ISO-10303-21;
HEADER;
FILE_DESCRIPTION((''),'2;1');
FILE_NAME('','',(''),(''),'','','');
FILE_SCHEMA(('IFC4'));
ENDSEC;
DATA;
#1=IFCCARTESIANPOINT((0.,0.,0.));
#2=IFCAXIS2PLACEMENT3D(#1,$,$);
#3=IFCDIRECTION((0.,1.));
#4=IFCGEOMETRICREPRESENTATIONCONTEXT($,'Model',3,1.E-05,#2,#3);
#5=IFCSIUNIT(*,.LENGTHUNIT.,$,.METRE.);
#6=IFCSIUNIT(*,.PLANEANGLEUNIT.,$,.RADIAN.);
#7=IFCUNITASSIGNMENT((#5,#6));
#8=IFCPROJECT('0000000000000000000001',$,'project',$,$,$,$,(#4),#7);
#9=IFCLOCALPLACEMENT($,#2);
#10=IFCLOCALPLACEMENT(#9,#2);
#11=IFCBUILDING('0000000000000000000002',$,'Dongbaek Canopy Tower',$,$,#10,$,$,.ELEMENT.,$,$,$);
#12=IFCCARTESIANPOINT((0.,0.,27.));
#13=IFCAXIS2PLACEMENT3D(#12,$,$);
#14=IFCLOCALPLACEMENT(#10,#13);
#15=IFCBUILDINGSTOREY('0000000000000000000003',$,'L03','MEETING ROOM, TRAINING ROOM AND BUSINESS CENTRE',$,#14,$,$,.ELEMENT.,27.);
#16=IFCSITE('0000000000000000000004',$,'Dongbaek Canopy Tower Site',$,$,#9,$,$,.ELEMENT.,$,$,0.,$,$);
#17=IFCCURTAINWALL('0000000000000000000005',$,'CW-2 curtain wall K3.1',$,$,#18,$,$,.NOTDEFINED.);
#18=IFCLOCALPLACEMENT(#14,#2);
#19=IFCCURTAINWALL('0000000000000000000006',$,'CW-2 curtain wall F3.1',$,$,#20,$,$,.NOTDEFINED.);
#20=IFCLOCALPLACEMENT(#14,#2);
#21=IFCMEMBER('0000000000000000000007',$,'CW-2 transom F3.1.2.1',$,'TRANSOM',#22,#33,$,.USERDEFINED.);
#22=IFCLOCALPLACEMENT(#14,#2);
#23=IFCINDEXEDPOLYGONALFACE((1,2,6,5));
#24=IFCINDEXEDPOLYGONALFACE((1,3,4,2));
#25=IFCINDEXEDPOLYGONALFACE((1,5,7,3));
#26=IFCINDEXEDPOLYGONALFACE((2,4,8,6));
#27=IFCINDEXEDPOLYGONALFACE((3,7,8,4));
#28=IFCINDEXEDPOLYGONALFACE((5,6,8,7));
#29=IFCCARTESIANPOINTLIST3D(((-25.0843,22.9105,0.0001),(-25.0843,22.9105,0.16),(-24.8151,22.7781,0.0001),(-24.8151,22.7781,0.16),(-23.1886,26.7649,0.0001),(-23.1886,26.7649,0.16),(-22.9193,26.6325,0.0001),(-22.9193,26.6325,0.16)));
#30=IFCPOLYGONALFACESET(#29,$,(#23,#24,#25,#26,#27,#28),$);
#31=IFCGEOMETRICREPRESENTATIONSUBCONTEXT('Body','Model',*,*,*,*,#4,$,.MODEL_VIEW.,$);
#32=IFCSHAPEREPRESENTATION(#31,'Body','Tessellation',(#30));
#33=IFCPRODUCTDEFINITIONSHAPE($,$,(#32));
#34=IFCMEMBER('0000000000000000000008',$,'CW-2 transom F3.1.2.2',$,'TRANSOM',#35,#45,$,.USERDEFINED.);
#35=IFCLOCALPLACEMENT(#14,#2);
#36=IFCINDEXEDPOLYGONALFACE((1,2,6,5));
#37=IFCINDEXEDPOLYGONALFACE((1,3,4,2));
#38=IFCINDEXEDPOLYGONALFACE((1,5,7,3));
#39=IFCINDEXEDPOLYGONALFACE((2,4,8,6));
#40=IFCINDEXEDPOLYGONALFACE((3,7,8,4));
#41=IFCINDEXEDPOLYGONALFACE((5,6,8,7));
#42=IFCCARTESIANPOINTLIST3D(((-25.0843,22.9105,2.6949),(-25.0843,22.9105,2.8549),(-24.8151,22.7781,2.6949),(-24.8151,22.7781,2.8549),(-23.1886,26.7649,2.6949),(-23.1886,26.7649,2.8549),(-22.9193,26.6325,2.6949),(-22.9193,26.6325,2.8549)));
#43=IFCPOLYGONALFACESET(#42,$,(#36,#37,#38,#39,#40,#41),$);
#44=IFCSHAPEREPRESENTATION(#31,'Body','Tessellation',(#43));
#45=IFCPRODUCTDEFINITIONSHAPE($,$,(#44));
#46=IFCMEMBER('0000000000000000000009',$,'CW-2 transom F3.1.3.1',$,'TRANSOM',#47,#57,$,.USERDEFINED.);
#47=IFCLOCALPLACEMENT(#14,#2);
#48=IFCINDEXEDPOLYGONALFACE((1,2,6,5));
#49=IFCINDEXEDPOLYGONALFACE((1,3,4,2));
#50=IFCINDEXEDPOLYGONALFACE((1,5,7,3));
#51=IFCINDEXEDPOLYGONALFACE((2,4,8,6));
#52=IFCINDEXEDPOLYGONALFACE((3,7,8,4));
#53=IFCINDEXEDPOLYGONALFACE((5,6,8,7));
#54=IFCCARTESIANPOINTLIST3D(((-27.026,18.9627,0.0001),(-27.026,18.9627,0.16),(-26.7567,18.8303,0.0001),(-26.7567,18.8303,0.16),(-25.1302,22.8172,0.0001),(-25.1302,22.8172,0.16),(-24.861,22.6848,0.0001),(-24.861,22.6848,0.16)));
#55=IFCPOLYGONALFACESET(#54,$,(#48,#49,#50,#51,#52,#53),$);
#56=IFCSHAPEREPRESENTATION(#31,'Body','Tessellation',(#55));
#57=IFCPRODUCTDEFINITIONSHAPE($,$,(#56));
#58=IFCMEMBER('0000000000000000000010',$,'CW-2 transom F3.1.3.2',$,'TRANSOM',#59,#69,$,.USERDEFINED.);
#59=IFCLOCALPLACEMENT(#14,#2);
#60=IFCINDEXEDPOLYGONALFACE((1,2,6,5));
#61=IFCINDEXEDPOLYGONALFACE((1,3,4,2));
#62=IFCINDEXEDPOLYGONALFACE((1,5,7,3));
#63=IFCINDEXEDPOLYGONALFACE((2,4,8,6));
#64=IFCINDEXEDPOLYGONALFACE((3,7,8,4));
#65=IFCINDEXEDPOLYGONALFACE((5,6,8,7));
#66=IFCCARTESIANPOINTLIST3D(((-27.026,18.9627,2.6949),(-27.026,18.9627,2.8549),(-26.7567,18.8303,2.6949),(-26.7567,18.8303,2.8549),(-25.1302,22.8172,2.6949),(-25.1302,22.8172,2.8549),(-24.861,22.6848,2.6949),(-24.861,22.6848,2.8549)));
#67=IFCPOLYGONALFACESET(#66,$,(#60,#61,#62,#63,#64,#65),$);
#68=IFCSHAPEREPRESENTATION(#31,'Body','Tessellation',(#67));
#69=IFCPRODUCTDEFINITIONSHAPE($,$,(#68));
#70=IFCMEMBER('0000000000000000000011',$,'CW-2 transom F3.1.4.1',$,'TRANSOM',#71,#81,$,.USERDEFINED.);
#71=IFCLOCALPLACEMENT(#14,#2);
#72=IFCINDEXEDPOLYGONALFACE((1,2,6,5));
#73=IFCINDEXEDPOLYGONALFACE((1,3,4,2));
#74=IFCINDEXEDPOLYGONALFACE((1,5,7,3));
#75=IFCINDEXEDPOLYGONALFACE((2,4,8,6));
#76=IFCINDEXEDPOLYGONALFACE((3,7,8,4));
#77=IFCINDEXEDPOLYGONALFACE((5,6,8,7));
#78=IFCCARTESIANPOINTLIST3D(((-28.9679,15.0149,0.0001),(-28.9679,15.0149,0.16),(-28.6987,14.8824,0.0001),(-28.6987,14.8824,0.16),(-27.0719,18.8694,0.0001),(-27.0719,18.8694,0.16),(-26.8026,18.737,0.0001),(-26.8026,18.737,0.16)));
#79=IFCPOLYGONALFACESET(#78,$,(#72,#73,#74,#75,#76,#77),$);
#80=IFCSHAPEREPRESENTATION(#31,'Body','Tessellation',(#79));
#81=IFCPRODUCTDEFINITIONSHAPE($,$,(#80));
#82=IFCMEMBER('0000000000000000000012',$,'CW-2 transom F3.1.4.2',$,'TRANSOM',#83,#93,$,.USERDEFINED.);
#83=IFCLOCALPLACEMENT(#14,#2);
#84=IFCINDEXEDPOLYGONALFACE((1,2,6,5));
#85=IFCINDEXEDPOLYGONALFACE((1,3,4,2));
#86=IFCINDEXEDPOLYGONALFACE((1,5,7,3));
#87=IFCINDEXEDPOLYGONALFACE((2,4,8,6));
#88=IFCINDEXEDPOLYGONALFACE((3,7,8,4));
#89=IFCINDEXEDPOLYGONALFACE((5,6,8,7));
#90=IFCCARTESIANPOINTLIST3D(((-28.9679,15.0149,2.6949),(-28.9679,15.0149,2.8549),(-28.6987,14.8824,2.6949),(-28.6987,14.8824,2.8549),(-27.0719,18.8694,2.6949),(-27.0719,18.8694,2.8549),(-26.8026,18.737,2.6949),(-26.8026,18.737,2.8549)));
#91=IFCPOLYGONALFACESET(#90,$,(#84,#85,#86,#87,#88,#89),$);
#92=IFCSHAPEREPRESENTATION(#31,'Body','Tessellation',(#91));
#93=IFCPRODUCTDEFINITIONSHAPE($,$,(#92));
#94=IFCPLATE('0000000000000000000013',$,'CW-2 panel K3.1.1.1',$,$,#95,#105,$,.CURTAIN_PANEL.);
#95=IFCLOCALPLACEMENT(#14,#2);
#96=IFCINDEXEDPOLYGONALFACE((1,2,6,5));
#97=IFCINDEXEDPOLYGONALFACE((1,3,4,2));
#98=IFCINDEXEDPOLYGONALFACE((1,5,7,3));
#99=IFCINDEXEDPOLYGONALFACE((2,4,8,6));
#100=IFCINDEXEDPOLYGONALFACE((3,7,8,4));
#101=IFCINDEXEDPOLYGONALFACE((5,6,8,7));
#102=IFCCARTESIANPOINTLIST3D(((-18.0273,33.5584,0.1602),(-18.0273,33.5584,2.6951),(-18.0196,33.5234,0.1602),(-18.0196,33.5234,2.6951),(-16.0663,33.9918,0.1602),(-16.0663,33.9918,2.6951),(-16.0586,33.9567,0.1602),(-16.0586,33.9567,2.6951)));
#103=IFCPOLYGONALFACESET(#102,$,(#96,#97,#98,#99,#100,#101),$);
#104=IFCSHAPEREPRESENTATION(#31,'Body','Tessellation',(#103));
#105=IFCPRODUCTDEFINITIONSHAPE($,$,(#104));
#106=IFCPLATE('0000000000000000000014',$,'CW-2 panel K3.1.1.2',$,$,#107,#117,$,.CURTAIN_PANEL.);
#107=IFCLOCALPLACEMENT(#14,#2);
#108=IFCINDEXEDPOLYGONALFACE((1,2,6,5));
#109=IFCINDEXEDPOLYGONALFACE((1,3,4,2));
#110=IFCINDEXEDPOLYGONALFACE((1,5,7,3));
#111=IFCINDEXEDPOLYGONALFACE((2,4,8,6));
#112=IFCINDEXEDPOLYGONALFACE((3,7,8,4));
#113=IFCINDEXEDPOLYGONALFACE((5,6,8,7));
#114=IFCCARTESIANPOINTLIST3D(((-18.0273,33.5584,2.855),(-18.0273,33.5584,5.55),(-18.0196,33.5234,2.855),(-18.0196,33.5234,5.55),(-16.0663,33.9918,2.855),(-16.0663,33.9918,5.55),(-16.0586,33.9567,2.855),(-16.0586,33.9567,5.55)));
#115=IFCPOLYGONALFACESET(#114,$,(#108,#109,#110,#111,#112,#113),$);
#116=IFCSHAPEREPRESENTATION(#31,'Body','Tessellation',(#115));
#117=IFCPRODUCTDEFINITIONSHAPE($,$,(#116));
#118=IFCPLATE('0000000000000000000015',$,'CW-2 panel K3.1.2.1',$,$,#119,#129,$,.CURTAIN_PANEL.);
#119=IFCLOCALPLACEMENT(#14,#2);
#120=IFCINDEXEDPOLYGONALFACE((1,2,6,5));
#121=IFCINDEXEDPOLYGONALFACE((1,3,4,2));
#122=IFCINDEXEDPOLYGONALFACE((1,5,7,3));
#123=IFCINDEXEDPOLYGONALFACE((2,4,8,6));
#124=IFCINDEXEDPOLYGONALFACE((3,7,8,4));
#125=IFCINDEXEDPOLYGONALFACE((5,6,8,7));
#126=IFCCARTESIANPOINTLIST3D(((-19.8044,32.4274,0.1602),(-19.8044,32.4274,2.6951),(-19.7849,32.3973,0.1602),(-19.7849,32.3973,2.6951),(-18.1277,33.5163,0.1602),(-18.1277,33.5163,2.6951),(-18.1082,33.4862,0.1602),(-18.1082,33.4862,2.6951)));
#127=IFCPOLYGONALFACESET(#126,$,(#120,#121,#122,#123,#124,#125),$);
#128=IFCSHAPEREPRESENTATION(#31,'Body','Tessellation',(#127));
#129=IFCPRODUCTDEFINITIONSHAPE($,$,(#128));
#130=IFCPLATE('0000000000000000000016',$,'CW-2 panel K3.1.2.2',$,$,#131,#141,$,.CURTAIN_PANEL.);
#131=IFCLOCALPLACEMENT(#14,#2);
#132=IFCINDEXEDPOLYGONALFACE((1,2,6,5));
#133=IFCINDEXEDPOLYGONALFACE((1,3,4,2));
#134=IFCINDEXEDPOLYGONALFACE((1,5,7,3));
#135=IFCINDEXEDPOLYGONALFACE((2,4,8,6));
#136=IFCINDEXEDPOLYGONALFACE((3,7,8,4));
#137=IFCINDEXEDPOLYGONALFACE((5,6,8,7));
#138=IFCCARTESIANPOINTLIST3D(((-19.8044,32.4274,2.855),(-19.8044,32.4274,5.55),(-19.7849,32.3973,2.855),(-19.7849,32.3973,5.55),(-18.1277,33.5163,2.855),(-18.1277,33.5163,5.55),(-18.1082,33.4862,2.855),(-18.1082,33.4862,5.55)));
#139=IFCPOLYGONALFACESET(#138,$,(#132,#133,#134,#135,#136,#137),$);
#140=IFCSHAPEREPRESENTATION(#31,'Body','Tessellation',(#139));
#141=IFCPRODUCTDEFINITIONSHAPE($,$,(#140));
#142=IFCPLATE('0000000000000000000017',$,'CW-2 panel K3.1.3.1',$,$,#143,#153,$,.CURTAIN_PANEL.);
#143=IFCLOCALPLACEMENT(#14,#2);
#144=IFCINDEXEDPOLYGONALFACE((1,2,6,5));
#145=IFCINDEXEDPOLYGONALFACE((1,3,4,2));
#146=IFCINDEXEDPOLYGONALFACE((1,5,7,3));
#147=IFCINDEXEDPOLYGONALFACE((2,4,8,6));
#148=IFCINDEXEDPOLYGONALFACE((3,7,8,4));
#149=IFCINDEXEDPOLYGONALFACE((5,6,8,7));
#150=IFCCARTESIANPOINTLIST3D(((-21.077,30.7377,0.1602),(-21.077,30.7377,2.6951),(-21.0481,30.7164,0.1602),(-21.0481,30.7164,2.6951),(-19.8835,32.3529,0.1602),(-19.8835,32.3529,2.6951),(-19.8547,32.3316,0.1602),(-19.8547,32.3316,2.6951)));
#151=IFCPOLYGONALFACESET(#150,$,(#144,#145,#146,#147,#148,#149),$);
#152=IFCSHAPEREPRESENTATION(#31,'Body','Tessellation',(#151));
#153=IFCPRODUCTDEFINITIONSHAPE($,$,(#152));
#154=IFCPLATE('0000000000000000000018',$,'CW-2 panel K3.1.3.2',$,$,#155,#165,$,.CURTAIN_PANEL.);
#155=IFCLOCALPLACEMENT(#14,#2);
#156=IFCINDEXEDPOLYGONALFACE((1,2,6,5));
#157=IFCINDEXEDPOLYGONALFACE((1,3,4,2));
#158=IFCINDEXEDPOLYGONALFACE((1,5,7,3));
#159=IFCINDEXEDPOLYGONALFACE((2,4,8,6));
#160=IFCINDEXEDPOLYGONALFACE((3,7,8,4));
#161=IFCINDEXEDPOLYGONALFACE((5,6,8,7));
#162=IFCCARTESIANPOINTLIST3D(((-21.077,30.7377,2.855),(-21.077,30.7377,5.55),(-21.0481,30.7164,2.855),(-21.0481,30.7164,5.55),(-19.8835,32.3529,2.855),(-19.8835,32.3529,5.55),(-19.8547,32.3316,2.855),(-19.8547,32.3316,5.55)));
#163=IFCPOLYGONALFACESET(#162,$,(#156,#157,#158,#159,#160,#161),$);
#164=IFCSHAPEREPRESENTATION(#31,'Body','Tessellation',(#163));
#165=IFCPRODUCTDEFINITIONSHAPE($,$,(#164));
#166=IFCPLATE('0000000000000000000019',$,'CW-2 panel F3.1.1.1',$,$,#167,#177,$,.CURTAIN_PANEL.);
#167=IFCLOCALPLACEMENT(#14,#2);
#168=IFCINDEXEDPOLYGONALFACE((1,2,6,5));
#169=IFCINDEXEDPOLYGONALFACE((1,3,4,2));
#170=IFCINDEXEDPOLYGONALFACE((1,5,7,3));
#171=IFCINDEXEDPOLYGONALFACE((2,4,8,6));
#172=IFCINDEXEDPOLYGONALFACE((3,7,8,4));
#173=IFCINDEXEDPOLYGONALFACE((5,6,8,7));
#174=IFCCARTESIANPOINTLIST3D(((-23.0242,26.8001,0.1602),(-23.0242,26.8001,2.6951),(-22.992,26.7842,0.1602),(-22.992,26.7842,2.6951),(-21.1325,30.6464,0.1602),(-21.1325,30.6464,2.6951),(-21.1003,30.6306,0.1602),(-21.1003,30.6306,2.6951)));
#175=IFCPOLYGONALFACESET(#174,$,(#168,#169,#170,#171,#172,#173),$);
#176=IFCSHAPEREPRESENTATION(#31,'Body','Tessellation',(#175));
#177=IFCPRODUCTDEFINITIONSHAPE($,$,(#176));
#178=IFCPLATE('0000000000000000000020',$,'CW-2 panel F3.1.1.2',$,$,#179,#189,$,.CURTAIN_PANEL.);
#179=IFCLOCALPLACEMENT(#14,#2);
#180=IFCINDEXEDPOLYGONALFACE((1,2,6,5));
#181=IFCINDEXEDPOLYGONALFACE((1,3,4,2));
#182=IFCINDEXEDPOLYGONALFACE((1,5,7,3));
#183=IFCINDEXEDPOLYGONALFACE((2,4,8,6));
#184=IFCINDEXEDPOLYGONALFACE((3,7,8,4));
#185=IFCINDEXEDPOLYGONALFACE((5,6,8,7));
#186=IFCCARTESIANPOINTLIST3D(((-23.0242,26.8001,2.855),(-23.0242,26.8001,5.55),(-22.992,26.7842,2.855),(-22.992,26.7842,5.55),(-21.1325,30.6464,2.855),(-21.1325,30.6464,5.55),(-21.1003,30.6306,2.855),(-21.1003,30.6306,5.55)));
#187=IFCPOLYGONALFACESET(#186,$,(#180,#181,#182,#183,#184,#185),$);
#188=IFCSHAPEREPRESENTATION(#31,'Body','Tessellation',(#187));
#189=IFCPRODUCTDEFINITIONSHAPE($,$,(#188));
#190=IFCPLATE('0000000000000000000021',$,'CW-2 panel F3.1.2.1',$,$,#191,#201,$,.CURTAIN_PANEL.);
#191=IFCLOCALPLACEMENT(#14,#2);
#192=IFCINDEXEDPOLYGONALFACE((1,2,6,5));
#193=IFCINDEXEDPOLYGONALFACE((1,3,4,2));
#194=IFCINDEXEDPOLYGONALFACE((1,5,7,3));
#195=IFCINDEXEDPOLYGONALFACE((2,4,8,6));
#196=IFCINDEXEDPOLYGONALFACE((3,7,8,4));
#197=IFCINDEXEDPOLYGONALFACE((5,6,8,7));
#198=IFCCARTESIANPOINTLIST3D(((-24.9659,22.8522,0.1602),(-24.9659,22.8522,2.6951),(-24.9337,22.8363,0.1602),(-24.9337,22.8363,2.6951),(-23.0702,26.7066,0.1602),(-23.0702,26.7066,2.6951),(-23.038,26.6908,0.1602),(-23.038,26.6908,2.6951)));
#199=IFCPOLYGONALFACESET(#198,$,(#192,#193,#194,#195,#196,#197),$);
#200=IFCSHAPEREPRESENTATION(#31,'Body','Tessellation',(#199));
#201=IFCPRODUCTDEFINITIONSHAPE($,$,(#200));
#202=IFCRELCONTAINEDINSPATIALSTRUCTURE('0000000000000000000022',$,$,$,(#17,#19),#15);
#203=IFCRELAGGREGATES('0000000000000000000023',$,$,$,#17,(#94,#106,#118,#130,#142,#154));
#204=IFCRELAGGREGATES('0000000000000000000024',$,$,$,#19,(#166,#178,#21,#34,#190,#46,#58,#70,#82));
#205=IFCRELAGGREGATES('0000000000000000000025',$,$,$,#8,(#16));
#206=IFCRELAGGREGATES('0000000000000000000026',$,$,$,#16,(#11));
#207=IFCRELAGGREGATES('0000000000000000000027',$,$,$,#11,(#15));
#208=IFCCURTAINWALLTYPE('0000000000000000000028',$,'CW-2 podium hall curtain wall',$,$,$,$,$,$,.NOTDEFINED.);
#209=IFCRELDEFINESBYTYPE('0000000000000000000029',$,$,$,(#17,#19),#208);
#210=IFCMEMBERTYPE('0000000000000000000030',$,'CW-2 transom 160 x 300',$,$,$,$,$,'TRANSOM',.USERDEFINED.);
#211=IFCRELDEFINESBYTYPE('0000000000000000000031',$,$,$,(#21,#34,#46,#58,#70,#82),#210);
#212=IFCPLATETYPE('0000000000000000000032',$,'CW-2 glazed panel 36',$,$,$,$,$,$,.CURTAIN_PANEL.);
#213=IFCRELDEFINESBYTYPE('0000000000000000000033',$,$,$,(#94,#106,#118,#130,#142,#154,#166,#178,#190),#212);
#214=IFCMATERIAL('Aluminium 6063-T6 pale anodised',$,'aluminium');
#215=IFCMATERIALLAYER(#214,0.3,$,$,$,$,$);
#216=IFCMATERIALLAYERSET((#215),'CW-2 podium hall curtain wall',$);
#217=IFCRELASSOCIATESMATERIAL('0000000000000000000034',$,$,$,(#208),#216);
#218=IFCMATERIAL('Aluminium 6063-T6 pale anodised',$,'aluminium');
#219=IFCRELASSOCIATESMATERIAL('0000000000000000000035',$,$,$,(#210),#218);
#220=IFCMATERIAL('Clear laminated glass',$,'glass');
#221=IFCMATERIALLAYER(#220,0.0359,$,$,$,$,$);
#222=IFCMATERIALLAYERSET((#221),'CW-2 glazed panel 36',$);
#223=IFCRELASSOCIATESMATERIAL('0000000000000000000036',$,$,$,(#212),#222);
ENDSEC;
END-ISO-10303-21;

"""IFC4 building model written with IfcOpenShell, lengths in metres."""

from ifc_helpers import new_model, si_unit, direction, frame, origin, origin_2d, place, context, subcontext, project, spatial, rectangle, extrude, material, layer, layer_set, material_profile, profile_set, type_object, element, aggregate, save


model = new_model("IFC4")

# Units and contexts
model_context = context("Model", 3, precision=1e-05, world=origin(), true_north=direction((0.0, 1.0)))
body_context = subcontext(model_context, "Body", "Model", "MODEL_VIEW")
ifc_project = project(units=[si_unit("LENGTHUNIT", "METRE"), si_unit("PLANEANGLEUNIT", "RADIAN")], contexts=[model_context])

# Site, building, storey
site_placement = place(None, origin())
site = spatial("IfcSite", under=ifc_project, at=site_placement, Name="Dongbaek Canopy Tower Site", CompositionType="ELEMENT", RefElevation=0.0)
building_placement = place(site_placement, origin())
building = spatial("IfcBuilding", under=site, at=building_placement, Name="Dongbaek Canopy Tower", CompositionType="ELEMENT")
storey_placement = place(building_placement, frame((0.0, 0.0, 27.0)))
storey = spatial("IfcBuildingStorey", under=building, at=storey_placement, Name="L03", Description="MEETING ROOM, TRAINING ROOM AND BUSINESS CENTRE", CompositionType="ELEMENT", Elevation=27.0)

# Curtain walls
ifc_material_1 = material(Name="Aluminium 6063-T6 pale anodised", Category="aluminium")
ifc_layer_1 = layer(ifc_material_1, 0.3)
ifc_layer_set_1 = layer_set([ifc_layer_1], Name="CW-2 podium hall curtain wall")
curtain_wall_type = type_object("IfcCurtainWallType", Name="CW-2 podium hall curtain wall", PredefinedType="NOTDEFINED", material=ifc_layer_set_1)
curtain_wall_1_placement = place(storey_placement, origin())
curtain_wall_1 = element("IfcCurtainWall", 1, at=curtain_wall_1_placement, inside=storey, type_object=curtain_wall_type, Name="CW-2 curtain wall K3.1", PredefinedType="NOTDEFINED")
curtain_wall_2_placement = place(storey_placement, origin())
curtain_wall_2 = element("IfcCurtainWall", 2, at=curtain_wall_2_placement, inside=storey, type_object=curtain_wall_type, Name="CW-2 curtain wall F3.1", PredefinedType="NOTDEFINED")

# Members
ifc_material_2 = material(Name="Aluminium 6063-T6 pale anodised", Category="aluminium")
ifc_material_profile_1 = material_profile(ifc_material_2, rectangle(XDim=0.3, YDim=0.1599, at=origin_2d()), Name="CW-2 transom 160 x 300")
ifc_profile_set_1 = profile_set([ifc_material_profile_1], Name="Aluminium 6063-T6 pale anodised")
member_type_1 = type_object("IfcMemberType", Name="CW-2 transom 160 x 300", ElementType="TRANSOM", PredefinedType="USERDEFINED", material=ifc_profile_set_1)
member_1_placement = place(storey_placement, frame((-23.054, 26.6987, 0.0801), z_axis=(-0.441338, -0.897341, 0.0), x_axis=(0.897341, -0.441338, 0.0)))
member_1 = element("IfcMember", 3, at=member_1_placement, type_object=member_type_1, Name="CW-2 transom F3.1.2.1", ObjectType="TRANSOM", PredefinedType="USERDEFINED", context=body_context, shape_type="SweptSolid", body=[
    extrude(rectangle(XDim=0.3, YDim=0.1599, at=origin_2d()), origin(), (0.0, 0.0, 1.0), 4.2954),
])
member_2_placement = place(storey_placement, frame((-23.054, 26.6987, 2.7749), z_axis=(-0.441338, -0.897341, 0.0), x_axis=(0.897341, -0.441338, 0.0)))
member_2 = element("IfcMember", 4, at=member_2_placement, type_object=member_type_1, Name="CW-2 transom F3.1.2.2", ObjectType="TRANSOM", PredefinedType="USERDEFINED", context=body_context, shape_type="SweptSolid", body=[
    extrude(rectangle(XDim=0.3, YDim=0.1599, at=origin_2d()), origin(), (0.0, 0.0, 1.0), 4.2954),
])
member_3_placement = place(storey_placement, frame((-24.9956, 22.751, 0.0801), z_axis=(-0.441338, -0.897341, 0.0), x_axis=(0.897341, -0.441338, 0.0)))
member_3 = element("IfcMember", 5, at=member_3_placement, type_object=member_type_1, Name="CW-2 transom F3.1.3.1", ObjectType="TRANSOM", PredefinedType="USERDEFINED", context=body_context, shape_type="SweptSolid", body=[
    extrude(rectangle(XDim=0.3, YDim=0.1599, at=origin_2d()), origin(), (0.0, 0.0, 1.0), 4.2954),
])
member_4_placement = place(storey_placement, frame((-24.9956, 22.751, 2.7749), z_axis=(-0.441338, -0.897341, 0.0), x_axis=(0.897341, -0.441338, 0.0)))
member_4 = element("IfcMember", 6, at=member_4_placement, type_object=member_type_1, Name="CW-2 transom F3.1.3.2", ObjectType="TRANSOM", PredefinedType="USERDEFINED", context=body_context, shape_type="SweptSolid", body=[
    extrude(rectangle(XDim=0.3, YDim=0.1599, at=origin_2d()), origin(), (0.0, 0.0, 1.0), 4.2954),
])
member_5_placement = place(storey_placement, frame((-26.9373, 18.8032, 0.0801), z_axis=(-0.441384, -0.897318, 0.0), x_axis=(0.897318, -0.441384, 0.0)))
member_5 = element("IfcMember", 7, at=member_5_placement, type_object=member_type_1, Name="CW-2 transom F3.1.4.1", ObjectType="TRANSOM", PredefinedType="USERDEFINED", context=body_context, shape_type="SweptSolid", body=[
    extrude(rectangle(XDim=0.3, YDim=0.1599, at=origin_2d()), origin(), (0.0, 0.0, 1.0), 4.2957),
])
member_6_placement = place(storey_placement, frame((-26.9373, 18.8032, 2.7749), z_axis=(-0.441384, -0.897318, 0.0), x_axis=(0.897318, -0.441384, 0.0)))
member_6 = element("IfcMember", 8, at=member_6_placement, type_object=member_type_1, Name="CW-2 transom F3.1.4.2", ObjectType="TRANSOM", PredefinedType="USERDEFINED", context=body_context, shape_type="SweptSolid", body=[
    extrude(rectangle(XDim=0.3, YDim=0.1599, at=origin_2d()), origin(), (0.0, 0.0, 1.0), 4.2957),
])

# Plates
ifc_material_3 = material(Name="Clear laminated glass", Category="glass")
ifc_layer_2 = layer(ifc_material_3, 0.0359)
ifc_layer_set_2 = layer_set([ifc_layer_2], Name="CW-2 glazed panel 36")
plate_type = type_object("IfcPlateType", Name="CW-2 glazed panel 36", PredefinedType="CURTAIN_PANEL", material=ifc_layer_set_2)
plate_1_placement = place(storey_placement, frame((-17.043, 33.7576, 0.1602), z_axis=(0.0, 0.0, 1.0), x_axis=(-0.976443, -0.215775, 0.0)))
plate_1 = element("IfcPlate", 9, at=plate_1_placement, type_object=plate_type, Name="CW-2 panel K3.1.1.1", PredefinedType="CURTAIN_PANEL", context=body_context, shape_type="SweptSolid", body=[
    extrude(rectangle(XDim=2.0083, YDim=0.0359, at=origin_2d()), origin(), (0.0, 0.0, 1.0), 2.5349),
])
plate_2_placement = place(storey_placement, frame((-17.043, 33.7576, 2.855), z_axis=(0.0, 0.0, 1.0), x_axis=(-0.976443, -0.215775, 0.0)))
plate_2 = element("IfcPlate", 10, at=plate_2_placement, type_object=plate_type, Name="CW-2 panel K3.1.1.2", PredefinedType="CURTAIN_PANEL", context=body_context, shape_type="SweptSolid", body=[
    extrude(rectangle(XDim=2.0083, YDim=0.0359, at=origin_2d()), origin(), (0.0, 0.0, 1.0), 2.6951),
])
plate_3_placement = place(storey_placement, frame((-18.9563, 32.9568, 0.1602), z_axis=(0.0, 0.0, 1.0), x_axis=(-0.838663, -0.54465, 0.0)))
plate_3 = element("IfcPlate", 11, at=plate_3_placement, type_object=plate_type, Name="CW-2 panel K3.1.2.1", PredefinedType="CURTAIN_PANEL", context=body_context, shape_type="SweptSolid", body=[
    extrude(rectangle(XDim=1.9993, YDim=0.0359, at=origin_2d()), origin(), (0.0, 0.0, 1.0), 2.5349),
])
plate_4_placement = place(storey_placement, frame((-18.9563, 32.9568, 2.855), z_axis=(0.0, 0.0, 1.0), x_axis=(-0.838663, -0.54465, 0.0)))
plate_4 = element("IfcPlate", 12, at=plate_4_placement, type_object=plate_type, Name="CW-2 panel K3.1.2.2", PredefinedType="CURTAIN_PANEL", context=body_context, shape_type="SweptSolid", body=[
    extrude(rectangle(XDim=1.9993, YDim=0.0359, at=origin_2d()), origin(), (0.0, 0.0, 1.0), 2.6951),
])
plate_5_placement = place(storey_placement, frame((-20.4658, 31.5347, 0.1602), z_axis=(0.0, 0.0, 1.0), x_axis=(-0.594253, -0.804278, 0.0)))
plate_5 = element("IfcPlate", 13, at=plate_5_placement, type_object=plate_type, Name="CW-2 panel K3.1.3.1", PredefinedType="CURTAIN_PANEL", context=body_context, shape_type="SweptSolid", body=[
    extrude(rectangle(XDim=2.0083, YDim=0.0359, at=origin_2d()), origin(), (0.0, 0.0, 1.0), 2.5349),
])
plate_6_placement = place(storey_placement, frame((-20.4658, 31.5347, 2.855), z_axis=(0.0, 0.0, 1.0), x_axis=(-0.594253, -0.804278, 0.0)))
plate_6 = element("IfcPlate", 14, at=plate_6_placement, type_object=plate_type, Name="CW-2 panel K3.1.3.2", PredefinedType="CURTAIN_PANEL", context=body_context, shape_type="SweptSolid", body=[
    extrude(rectangle(XDim=2.0083, YDim=0.0359, at=origin_2d()), origin(), (0.0, 0.0, 1.0), 2.6951),
])
aggregate(curtain_wall_1, [plate_1, plate_2, plate_3, plate_4, plate_5, plate_6])
plate_7_placement = place(storey_placement, frame((-22.0623, 28.7153, 0.1602), z_axis=(0.0, 0.0, 1.0), x_axis=(-0.441342, -0.897339, 0.0)))
plate_7 = element("IfcPlate", 15, at=plate_7_placement, type_object=plate_type, Name="CW-2 panel F3.1.1.1", PredefinedType="CURTAIN_PANEL", context=body_context, shape_type="SweptSolid", body=[
    extrude(rectangle(XDim=4.2864, YDim=0.0359, at=origin_2d()), origin(), (0.0, 0.0, 1.0), 2.5349),
])
plate_8_placement = place(storey_placement, frame((-22.0623, 28.7153, 2.855), z_axis=(0.0, 0.0, 1.0), x_axis=(-0.441342, -0.897339, 0.0)))
plate_8 = element("IfcPlate", 16, at=plate_8_placement, type_object=plate_type, Name="CW-2 panel F3.1.1.2", PredefinedType="CURTAIN_PANEL", context=body_context, shape_type="SweptSolid", body=[
    extrude(rectangle(XDim=4.2864, YDim=0.0359, at=origin_2d()), origin(), (0.0, 0.0, 1.0), 2.6951),
])
plate_9_placement = place(storey_placement, frame((-24.002, 24.7715, 0.1602), z_axis=(0.0, 0.0, 1.0), x_axis=(-0.441342, -0.897339, 0.0)))
plate_9 = element("IfcPlate", 17, at=plate_9_placement, type_object=plate_type, Name="CW-2 panel F3.1.2.1", PredefinedType="CURTAIN_PANEL", context=body_context, shape_type="SweptSolid", body=[
    extrude(rectangle(XDim=4.2954, YDim=0.0359, at=origin_2d()), origin(), (0.0, 0.0, 1.0), 2.5349),
])
aggregate(curtain_wall_2, [plate_7, plate_8, member_1, member_2, plate_9, member_3, member_4, member_5, member_6])

save(model, "model.ifc")
